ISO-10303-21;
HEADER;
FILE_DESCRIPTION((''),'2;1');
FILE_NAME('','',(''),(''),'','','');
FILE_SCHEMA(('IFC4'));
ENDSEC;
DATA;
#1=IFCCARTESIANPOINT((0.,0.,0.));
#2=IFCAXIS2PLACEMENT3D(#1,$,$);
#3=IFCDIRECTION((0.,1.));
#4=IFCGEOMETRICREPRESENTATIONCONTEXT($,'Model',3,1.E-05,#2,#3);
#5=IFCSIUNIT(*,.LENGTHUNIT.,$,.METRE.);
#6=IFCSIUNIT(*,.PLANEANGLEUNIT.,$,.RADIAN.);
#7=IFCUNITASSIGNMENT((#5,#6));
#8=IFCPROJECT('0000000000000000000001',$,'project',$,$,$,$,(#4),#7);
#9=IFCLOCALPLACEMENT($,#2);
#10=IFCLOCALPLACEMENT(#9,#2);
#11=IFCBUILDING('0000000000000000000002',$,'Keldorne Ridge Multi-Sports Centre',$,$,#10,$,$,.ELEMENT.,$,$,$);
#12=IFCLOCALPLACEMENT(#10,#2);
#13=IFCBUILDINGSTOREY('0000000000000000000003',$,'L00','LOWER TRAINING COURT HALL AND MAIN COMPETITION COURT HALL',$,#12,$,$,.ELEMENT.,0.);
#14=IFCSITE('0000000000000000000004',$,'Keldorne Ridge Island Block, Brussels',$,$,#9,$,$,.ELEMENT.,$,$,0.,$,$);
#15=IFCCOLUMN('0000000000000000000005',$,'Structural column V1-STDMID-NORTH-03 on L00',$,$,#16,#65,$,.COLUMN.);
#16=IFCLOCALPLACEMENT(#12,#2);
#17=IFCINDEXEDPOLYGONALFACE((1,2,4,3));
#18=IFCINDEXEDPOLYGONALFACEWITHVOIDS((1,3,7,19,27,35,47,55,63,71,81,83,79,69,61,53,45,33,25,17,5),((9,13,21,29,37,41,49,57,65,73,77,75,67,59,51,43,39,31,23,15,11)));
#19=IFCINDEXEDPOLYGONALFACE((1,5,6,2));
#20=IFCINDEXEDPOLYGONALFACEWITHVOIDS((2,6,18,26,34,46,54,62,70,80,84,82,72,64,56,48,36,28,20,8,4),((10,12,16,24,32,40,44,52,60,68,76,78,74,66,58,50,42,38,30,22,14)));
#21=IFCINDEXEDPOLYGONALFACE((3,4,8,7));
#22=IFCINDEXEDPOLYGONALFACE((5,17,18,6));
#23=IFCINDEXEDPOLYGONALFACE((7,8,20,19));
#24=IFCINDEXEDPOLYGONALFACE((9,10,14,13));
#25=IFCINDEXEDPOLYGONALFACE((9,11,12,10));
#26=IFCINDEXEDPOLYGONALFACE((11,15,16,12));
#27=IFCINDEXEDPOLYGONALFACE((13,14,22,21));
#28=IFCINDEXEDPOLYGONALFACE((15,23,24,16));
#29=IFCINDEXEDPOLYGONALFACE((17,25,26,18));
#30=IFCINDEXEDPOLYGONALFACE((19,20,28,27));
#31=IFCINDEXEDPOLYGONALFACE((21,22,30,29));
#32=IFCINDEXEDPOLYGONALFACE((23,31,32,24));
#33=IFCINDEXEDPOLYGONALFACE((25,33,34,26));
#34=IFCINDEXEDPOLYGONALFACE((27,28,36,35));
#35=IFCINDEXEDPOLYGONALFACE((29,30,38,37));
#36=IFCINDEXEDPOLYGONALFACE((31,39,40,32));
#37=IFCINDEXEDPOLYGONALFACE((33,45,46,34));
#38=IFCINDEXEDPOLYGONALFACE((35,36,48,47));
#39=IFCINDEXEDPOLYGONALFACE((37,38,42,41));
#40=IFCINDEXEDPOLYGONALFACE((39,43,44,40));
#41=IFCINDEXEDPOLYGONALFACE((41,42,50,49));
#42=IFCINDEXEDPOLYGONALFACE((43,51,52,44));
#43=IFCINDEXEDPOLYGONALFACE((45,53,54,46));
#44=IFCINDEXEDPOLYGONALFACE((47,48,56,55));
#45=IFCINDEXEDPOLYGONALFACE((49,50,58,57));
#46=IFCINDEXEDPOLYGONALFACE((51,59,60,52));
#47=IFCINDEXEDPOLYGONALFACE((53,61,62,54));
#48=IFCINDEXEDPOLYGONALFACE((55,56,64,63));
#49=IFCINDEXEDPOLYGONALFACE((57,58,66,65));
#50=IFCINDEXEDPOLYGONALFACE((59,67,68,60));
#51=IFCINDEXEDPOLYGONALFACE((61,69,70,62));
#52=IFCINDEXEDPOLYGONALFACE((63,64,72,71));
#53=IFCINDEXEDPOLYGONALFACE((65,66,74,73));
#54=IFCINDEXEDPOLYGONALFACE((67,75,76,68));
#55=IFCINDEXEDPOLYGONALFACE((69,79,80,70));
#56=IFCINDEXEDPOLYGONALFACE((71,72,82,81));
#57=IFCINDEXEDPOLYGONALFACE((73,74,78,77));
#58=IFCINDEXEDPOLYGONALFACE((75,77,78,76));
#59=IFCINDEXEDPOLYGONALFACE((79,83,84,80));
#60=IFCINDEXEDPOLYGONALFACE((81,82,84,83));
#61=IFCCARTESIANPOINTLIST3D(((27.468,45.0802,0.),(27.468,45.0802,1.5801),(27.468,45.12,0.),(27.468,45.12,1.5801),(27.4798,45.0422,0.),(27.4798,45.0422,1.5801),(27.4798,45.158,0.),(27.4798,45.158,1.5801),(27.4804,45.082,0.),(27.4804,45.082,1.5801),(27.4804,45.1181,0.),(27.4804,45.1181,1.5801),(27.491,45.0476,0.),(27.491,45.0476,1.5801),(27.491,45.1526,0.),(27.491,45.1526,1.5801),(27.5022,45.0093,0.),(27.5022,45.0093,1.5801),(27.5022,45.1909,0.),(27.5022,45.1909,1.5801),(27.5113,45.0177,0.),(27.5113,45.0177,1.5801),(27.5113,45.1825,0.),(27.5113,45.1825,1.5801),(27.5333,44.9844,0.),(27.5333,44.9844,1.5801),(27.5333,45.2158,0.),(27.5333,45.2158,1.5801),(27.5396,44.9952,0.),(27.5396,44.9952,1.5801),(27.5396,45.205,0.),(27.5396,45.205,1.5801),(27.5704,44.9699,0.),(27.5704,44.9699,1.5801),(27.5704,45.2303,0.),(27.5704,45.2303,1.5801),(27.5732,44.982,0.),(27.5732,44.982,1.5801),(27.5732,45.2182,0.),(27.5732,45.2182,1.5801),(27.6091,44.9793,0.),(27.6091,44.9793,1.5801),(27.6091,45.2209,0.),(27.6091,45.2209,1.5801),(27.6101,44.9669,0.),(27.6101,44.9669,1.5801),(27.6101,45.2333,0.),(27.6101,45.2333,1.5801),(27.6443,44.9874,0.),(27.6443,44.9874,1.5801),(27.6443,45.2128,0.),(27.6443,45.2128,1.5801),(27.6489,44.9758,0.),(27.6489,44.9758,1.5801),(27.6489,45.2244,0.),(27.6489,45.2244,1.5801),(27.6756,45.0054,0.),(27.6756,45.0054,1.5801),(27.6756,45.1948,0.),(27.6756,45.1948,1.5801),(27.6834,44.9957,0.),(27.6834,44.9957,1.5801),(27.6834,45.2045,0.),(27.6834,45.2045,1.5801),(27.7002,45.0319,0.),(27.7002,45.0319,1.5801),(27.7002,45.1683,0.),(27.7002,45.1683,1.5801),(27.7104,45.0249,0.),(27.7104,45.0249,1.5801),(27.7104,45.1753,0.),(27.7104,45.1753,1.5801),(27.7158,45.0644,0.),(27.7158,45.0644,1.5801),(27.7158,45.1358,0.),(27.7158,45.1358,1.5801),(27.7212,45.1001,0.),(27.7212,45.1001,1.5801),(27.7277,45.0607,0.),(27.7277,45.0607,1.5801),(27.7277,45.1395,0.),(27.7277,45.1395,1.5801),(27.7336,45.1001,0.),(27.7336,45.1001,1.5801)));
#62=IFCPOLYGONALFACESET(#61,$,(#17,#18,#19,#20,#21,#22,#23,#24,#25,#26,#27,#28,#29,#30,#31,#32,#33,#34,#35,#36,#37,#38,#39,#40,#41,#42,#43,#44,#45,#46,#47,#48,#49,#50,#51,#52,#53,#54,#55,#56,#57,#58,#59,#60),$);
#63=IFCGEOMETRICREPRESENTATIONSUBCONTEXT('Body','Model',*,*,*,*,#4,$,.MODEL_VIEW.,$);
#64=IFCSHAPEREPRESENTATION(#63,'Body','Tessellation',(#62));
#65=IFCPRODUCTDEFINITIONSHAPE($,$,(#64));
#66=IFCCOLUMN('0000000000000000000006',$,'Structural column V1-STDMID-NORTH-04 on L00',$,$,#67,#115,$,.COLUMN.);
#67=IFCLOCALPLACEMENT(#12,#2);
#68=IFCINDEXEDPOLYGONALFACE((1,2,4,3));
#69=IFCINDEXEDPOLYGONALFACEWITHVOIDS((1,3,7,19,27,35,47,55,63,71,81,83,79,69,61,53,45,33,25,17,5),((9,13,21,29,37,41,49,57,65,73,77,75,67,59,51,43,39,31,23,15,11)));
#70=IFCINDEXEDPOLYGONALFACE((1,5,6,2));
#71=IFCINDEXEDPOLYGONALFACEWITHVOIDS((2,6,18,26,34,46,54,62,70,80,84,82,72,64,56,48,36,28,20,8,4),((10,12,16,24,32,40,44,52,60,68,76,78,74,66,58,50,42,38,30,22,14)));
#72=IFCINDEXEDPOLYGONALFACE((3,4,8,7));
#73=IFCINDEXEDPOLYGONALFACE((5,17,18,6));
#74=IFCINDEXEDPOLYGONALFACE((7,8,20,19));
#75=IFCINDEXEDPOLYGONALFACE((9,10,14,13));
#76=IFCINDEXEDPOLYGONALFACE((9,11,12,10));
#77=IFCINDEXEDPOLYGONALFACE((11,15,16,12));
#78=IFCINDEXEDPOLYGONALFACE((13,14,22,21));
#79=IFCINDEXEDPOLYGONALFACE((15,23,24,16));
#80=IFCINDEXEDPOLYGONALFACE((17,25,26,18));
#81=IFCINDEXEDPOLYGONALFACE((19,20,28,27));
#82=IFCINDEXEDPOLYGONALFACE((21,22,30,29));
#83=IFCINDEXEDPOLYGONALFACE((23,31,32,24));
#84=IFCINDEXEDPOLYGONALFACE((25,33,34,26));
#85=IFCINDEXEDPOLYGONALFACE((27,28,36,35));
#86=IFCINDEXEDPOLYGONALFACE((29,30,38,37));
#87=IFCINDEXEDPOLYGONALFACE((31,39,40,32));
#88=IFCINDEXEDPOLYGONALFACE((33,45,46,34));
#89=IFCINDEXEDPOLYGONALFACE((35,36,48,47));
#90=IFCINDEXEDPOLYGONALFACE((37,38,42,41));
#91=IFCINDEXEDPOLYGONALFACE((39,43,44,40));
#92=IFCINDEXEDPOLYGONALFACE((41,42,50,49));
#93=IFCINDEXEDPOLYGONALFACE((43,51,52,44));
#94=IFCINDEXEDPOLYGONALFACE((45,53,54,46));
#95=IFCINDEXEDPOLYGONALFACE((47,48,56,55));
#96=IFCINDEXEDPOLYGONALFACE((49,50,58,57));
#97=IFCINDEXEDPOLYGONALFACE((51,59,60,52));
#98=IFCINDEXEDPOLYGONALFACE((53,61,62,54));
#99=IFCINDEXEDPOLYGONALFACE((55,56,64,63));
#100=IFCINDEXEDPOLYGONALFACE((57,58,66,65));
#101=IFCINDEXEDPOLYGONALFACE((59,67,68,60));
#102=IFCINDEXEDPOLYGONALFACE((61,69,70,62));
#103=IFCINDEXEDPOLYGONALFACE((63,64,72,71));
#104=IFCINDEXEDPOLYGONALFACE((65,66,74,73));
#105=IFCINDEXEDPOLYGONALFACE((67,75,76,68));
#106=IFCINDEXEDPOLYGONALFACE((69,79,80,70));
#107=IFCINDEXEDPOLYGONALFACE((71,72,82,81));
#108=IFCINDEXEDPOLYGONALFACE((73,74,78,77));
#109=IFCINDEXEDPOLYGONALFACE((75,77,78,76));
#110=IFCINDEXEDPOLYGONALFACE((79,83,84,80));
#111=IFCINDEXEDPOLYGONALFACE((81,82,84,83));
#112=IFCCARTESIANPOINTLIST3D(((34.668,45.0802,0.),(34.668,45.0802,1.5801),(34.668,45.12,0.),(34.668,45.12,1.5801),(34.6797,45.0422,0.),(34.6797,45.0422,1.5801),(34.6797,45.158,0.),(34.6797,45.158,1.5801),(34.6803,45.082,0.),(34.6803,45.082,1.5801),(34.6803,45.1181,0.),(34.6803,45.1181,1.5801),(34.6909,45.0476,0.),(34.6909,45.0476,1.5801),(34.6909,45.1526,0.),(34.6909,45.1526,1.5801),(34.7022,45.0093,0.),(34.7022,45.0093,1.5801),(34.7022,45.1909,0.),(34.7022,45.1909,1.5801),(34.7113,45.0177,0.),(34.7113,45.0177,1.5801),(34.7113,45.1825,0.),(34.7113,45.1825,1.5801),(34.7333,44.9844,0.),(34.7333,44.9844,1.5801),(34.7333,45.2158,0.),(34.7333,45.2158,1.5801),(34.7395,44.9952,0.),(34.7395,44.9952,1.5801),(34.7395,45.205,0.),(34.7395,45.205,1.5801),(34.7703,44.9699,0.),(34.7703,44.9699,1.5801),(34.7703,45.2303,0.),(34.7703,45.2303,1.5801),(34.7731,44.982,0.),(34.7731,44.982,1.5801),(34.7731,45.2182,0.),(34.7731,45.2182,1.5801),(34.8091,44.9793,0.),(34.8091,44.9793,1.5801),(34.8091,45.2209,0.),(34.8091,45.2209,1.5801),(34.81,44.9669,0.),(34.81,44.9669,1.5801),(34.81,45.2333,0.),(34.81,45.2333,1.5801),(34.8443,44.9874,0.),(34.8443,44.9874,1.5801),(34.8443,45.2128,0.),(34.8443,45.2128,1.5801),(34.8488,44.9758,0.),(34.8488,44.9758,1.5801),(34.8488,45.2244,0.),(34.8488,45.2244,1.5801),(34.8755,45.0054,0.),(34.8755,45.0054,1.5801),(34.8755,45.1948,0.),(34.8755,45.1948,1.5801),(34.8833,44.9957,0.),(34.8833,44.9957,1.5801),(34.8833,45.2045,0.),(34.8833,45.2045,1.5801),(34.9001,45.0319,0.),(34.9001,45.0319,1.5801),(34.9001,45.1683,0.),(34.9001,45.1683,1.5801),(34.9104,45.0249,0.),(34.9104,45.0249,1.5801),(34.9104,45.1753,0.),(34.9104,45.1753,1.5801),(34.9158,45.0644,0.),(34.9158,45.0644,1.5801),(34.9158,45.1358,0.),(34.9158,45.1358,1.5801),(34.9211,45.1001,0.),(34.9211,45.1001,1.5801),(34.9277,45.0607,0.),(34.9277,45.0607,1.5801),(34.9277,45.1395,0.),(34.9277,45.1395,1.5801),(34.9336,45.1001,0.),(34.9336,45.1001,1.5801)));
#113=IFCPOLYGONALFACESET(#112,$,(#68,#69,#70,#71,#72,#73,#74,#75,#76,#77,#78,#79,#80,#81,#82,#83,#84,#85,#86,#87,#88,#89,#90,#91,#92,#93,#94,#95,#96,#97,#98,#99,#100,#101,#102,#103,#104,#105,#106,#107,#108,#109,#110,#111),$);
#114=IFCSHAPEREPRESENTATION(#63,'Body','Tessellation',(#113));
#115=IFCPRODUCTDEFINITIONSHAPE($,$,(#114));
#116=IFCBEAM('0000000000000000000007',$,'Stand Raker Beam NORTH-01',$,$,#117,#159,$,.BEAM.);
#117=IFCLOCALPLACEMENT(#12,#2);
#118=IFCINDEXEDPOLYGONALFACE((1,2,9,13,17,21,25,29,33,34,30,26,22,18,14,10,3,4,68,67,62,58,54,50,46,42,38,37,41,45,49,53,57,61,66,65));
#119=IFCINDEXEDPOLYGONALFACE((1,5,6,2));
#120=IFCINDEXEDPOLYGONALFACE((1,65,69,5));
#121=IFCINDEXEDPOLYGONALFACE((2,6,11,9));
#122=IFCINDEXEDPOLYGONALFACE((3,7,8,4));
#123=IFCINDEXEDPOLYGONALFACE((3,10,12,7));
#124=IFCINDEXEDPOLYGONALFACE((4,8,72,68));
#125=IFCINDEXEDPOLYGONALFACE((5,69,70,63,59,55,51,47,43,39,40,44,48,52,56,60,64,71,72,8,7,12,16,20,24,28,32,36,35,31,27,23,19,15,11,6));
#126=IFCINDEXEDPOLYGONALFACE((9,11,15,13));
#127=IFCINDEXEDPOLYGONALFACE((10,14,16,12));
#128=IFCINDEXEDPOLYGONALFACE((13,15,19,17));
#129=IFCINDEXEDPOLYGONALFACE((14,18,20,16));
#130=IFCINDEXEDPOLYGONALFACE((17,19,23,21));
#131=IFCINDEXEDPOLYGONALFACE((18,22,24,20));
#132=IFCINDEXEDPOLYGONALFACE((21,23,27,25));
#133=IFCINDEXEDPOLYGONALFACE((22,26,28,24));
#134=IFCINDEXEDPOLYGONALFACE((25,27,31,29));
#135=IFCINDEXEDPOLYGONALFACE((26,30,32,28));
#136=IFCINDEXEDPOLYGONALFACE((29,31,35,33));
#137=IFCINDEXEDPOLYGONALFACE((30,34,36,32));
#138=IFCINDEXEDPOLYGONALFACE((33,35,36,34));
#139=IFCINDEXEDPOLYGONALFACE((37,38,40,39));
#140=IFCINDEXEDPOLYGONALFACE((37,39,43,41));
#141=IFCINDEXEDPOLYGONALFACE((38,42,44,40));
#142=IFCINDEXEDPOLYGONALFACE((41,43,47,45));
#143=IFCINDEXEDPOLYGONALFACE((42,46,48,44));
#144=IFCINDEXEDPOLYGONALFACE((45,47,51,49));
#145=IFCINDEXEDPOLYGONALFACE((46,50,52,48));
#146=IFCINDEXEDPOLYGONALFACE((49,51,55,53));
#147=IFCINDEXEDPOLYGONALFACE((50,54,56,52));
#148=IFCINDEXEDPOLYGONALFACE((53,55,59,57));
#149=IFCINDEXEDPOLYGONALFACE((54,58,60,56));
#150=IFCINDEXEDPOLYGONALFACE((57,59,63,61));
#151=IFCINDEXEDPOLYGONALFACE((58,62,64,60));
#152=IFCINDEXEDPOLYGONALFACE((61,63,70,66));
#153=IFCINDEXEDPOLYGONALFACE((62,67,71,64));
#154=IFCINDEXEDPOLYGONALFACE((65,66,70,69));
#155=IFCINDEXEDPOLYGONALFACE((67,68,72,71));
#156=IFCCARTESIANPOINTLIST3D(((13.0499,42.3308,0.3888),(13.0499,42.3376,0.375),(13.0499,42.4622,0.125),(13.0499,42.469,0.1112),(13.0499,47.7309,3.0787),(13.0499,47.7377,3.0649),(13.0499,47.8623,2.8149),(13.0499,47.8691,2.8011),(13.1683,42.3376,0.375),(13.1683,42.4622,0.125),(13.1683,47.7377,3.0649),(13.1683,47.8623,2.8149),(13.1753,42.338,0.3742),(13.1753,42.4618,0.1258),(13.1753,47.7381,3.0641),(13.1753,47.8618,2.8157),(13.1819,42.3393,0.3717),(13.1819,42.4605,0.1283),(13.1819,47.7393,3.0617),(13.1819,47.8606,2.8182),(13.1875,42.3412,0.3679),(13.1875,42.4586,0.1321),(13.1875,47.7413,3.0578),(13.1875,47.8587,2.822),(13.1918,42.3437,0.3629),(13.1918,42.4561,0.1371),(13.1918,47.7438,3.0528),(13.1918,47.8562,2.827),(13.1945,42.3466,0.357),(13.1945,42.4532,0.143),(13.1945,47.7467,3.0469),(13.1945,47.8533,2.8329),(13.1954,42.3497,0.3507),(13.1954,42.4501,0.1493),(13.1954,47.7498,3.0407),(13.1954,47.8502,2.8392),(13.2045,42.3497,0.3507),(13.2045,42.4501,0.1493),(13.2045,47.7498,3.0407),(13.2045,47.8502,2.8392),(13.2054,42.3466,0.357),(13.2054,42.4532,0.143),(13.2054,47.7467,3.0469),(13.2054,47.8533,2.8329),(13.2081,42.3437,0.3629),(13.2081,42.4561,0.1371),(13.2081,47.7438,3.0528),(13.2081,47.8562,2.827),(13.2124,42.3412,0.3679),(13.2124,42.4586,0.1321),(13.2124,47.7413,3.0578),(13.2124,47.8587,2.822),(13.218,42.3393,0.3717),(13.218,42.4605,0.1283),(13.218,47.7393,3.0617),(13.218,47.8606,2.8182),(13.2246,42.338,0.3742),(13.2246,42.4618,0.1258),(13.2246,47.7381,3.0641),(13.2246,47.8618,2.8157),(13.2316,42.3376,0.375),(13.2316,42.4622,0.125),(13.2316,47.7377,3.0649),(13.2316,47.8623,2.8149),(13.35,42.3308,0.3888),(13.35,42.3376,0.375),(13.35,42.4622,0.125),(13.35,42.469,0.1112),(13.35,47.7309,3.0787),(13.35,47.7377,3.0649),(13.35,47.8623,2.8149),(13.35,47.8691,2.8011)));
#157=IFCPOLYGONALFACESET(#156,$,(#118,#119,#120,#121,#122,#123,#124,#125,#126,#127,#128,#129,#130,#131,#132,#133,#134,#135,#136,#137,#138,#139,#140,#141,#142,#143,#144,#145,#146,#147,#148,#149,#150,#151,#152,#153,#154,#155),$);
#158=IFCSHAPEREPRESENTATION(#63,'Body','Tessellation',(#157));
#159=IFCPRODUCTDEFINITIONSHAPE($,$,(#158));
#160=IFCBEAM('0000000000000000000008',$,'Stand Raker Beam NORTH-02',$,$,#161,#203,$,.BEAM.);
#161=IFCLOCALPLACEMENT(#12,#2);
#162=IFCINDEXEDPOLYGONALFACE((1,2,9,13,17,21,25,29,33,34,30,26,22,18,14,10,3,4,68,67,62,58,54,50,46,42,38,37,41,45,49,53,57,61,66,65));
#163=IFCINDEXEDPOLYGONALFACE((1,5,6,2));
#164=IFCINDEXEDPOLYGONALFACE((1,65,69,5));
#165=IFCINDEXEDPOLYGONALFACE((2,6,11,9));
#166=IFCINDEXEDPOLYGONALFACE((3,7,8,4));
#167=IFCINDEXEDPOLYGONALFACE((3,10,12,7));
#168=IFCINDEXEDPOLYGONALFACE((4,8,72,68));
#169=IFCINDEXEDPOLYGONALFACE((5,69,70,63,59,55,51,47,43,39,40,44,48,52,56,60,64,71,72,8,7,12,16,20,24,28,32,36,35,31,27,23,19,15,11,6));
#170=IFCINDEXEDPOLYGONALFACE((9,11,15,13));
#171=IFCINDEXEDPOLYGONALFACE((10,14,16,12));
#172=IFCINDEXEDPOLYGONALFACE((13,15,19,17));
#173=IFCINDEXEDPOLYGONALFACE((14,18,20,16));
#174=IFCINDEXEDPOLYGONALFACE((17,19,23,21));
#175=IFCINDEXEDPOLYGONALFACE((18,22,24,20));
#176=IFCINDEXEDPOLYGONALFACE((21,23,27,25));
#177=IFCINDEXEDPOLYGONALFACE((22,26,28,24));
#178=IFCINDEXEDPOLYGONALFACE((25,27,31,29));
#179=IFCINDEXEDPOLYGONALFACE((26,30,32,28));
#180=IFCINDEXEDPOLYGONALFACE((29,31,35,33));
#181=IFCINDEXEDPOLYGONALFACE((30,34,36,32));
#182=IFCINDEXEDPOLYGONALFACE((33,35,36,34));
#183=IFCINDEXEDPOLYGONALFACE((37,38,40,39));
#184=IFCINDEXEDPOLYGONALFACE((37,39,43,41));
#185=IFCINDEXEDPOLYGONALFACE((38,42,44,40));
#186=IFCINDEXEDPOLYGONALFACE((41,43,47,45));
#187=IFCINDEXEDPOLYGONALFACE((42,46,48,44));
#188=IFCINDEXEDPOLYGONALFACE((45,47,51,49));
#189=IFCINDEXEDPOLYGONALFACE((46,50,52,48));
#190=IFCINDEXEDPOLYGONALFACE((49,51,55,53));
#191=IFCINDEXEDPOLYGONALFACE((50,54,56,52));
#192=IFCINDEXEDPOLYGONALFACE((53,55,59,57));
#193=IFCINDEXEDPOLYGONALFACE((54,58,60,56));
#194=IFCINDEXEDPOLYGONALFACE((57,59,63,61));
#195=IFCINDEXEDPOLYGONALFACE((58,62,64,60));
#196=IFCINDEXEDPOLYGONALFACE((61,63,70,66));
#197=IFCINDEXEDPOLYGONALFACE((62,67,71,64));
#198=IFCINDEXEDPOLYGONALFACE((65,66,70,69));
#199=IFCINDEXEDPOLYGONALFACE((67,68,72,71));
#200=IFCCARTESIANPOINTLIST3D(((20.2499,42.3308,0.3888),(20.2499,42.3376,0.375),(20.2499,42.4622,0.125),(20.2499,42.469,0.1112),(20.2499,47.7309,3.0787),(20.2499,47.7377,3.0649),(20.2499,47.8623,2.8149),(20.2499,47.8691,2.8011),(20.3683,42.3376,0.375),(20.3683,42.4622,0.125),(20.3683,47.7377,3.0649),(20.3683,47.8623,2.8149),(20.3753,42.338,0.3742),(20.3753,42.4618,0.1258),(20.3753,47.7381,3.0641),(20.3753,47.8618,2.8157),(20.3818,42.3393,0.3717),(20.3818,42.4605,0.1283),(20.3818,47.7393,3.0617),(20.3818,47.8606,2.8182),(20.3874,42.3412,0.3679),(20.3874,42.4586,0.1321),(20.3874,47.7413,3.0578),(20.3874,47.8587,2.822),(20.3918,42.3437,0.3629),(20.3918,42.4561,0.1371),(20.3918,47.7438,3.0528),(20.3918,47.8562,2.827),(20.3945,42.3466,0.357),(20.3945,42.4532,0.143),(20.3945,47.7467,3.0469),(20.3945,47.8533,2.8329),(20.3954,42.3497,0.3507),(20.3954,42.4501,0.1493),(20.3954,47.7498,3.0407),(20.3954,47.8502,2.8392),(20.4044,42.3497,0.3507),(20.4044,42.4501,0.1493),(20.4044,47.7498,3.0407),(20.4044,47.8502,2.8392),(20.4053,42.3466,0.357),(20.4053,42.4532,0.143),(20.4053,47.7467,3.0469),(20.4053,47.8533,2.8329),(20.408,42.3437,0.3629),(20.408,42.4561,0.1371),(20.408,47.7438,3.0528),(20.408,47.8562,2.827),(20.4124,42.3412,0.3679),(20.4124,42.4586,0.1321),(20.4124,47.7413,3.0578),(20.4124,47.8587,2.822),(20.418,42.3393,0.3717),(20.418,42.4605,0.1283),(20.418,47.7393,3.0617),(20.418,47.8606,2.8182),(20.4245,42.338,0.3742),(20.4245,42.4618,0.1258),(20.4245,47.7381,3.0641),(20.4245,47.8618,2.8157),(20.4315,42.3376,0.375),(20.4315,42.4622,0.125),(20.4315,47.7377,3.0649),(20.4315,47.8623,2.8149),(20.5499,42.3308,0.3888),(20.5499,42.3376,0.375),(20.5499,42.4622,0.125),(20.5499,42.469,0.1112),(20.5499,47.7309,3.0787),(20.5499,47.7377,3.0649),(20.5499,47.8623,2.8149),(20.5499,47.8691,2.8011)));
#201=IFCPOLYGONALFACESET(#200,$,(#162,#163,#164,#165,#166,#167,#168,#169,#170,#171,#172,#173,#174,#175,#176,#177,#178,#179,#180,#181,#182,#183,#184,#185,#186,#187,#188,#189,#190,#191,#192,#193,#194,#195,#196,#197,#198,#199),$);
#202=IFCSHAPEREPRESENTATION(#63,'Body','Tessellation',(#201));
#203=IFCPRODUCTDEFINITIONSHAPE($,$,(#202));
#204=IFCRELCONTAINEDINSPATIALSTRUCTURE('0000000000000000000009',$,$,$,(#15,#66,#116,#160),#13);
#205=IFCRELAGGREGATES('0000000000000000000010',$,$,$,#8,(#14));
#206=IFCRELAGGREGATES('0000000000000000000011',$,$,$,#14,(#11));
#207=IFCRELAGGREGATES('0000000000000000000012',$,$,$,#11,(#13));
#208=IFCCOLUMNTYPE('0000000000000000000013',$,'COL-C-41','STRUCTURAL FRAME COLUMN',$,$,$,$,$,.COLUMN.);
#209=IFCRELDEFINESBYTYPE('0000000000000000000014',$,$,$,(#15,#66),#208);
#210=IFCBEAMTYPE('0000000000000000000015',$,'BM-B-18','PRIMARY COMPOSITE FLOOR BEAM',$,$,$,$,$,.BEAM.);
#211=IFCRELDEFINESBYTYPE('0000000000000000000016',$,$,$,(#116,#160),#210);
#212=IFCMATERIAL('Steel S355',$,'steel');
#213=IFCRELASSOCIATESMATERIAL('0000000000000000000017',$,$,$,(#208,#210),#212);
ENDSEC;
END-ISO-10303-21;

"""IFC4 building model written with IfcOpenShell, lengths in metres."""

from ifc_helpers import new_model, si_unit, direction, frame, origin, origin_2d, place, context, subcontext, project, spatial, hollow_circle, i_section, extrude, material, material_profile, profile_set, type_object, element, save


model = new_model("IFC4")

# Units and contexts
model_context = context("Model", 3, precision=1e-05, world=origin(), true_north=direction((0.0, 1.0)))
body_context = subcontext(model_context, "Body", "Model", "MODEL_VIEW")
ifc_project = project(units=[si_unit("LENGTHUNIT", "METRE"), si_unit("PLANEANGLEUNIT", "RADIAN")], contexts=[model_context])

# Site, building, storey
site_placement = place(None, origin())
site = spatial("IfcSite", under=ifc_project, at=site_placement, Name="Keldorne Ridge Island Block, Brussels", CompositionType="ELEMENT", RefElevation=0.0)
building_placement = place(site_placement, origin())
building = spatial("IfcBuilding", under=site, at=building_placement, Name="Keldorne Ridge Multi-Sports Centre", CompositionType="ELEMENT")
storey_placement = place(building_placement, origin())
storey = spatial("IfcBuildingStorey", under=building, at=storey_placement, Name="L00", Description="LOWER TRAINING COURT HALL AND MAIN COMPETITION COURT HALL", CompositionType="ELEMENT", Elevation=0.0)

# Columns
ifc_material_1 = material(Name="Steel S355", Category="steel")
ifc_material_profile_1 = material_profile(ifc_material_1, hollow_circle(Radius=0.1335, WallThickness=0.0125, at=origin_2d()), Name="CHS 267x12.5")
ifc_profile_set_1 = profile_set([ifc_material_profile_1], Name="Steel S355")
column_type_1 = type_object("IfcColumnType", Name="COL-C-41", Description="STRUCTURAL FRAME COLUMN", PredefinedType="COLUMN", material=ifc_profile_set_1)
for number, where, z_axis, x_axis, name in (
    (1, (27.6001, 45.1001, 0.0), (0.0, 0.0, 1.0), (1.0, 0.0, 0.0), "Structural column V1-STDMID-NORTH-03 on L00"),
    (2, (34.8, 45.1001, 0.0), (0.0, 0.0, 1.0), (1.0, 0.0, 0.0), "Structural column V1-STDMID-NORTH-04 on L00"),
):
    element("IfcColumn", number, at=place(storey_placement, frame(where, z_axis=z_axis, x_axis=x_axis)), inside=storey, type_object=column_type_1, Name=name, PredefinedType="COLUMN", context=body_context, shape_type="SweptSolid", body=[
        extrude(hollow_circle(Radius=0.1335, WallThickness=0.0125, at=origin_2d()), origin(), (0.0, 0.0, 1.0), 1.5801),
    ])

# Beams
ifc_material_profile_2 = material_profile(ifc_material_1, i_section(OverallWidth=0.3, OverallDepth=0.3101, WebThickness=0.009, FlangeThickness=0.0154, FilletRadius=0.0271, at=origin_2d()), Name="HEA 320")
ifc_profile_set_2 = profile_set([ifc_material_profile_2], Name="Steel S355")
beam_type_1 = type_object("IfcBeamType", Name="BM-B-18", Description="PRIMARY COMPOSITE FLOOR BEAM", PredefinedType="BEAM", material=ifc_profile_set_2)
for number, where, z_axis, x_axis, name in (
    (3, (13.2, 42.3999, 0.25), (0.0, 0.895098, 0.44587), (-1.0, 0.0, 0.0), "Stand Raker Beam NORTH-01"),
    (4, (20.3999, 42.3999, 0.25), (0.0, 0.895098, 0.44587), (-1.0, 0.0, 0.0), "Stand Raker Beam NORTH-02"),
):
    element("IfcBeam", number, at=place(storey_placement, frame(where, z_axis=z_axis, x_axis=x_axis)), inside=storey, type_object=beam_type_1, Name=name, PredefinedType="BEAM", context=body_context, shape_type="SweptSolid", body=[
        extrude(i_section(OverallWidth=0.3, OverallDepth=0.3101, WebThickness=0.009, FlangeThickness=0.0154, FilletRadius=0.0271, at=origin_2d()), origin(), (0.0, 0.0, 1.0), 6.033),
    ])

save(model, "model.ifc")
